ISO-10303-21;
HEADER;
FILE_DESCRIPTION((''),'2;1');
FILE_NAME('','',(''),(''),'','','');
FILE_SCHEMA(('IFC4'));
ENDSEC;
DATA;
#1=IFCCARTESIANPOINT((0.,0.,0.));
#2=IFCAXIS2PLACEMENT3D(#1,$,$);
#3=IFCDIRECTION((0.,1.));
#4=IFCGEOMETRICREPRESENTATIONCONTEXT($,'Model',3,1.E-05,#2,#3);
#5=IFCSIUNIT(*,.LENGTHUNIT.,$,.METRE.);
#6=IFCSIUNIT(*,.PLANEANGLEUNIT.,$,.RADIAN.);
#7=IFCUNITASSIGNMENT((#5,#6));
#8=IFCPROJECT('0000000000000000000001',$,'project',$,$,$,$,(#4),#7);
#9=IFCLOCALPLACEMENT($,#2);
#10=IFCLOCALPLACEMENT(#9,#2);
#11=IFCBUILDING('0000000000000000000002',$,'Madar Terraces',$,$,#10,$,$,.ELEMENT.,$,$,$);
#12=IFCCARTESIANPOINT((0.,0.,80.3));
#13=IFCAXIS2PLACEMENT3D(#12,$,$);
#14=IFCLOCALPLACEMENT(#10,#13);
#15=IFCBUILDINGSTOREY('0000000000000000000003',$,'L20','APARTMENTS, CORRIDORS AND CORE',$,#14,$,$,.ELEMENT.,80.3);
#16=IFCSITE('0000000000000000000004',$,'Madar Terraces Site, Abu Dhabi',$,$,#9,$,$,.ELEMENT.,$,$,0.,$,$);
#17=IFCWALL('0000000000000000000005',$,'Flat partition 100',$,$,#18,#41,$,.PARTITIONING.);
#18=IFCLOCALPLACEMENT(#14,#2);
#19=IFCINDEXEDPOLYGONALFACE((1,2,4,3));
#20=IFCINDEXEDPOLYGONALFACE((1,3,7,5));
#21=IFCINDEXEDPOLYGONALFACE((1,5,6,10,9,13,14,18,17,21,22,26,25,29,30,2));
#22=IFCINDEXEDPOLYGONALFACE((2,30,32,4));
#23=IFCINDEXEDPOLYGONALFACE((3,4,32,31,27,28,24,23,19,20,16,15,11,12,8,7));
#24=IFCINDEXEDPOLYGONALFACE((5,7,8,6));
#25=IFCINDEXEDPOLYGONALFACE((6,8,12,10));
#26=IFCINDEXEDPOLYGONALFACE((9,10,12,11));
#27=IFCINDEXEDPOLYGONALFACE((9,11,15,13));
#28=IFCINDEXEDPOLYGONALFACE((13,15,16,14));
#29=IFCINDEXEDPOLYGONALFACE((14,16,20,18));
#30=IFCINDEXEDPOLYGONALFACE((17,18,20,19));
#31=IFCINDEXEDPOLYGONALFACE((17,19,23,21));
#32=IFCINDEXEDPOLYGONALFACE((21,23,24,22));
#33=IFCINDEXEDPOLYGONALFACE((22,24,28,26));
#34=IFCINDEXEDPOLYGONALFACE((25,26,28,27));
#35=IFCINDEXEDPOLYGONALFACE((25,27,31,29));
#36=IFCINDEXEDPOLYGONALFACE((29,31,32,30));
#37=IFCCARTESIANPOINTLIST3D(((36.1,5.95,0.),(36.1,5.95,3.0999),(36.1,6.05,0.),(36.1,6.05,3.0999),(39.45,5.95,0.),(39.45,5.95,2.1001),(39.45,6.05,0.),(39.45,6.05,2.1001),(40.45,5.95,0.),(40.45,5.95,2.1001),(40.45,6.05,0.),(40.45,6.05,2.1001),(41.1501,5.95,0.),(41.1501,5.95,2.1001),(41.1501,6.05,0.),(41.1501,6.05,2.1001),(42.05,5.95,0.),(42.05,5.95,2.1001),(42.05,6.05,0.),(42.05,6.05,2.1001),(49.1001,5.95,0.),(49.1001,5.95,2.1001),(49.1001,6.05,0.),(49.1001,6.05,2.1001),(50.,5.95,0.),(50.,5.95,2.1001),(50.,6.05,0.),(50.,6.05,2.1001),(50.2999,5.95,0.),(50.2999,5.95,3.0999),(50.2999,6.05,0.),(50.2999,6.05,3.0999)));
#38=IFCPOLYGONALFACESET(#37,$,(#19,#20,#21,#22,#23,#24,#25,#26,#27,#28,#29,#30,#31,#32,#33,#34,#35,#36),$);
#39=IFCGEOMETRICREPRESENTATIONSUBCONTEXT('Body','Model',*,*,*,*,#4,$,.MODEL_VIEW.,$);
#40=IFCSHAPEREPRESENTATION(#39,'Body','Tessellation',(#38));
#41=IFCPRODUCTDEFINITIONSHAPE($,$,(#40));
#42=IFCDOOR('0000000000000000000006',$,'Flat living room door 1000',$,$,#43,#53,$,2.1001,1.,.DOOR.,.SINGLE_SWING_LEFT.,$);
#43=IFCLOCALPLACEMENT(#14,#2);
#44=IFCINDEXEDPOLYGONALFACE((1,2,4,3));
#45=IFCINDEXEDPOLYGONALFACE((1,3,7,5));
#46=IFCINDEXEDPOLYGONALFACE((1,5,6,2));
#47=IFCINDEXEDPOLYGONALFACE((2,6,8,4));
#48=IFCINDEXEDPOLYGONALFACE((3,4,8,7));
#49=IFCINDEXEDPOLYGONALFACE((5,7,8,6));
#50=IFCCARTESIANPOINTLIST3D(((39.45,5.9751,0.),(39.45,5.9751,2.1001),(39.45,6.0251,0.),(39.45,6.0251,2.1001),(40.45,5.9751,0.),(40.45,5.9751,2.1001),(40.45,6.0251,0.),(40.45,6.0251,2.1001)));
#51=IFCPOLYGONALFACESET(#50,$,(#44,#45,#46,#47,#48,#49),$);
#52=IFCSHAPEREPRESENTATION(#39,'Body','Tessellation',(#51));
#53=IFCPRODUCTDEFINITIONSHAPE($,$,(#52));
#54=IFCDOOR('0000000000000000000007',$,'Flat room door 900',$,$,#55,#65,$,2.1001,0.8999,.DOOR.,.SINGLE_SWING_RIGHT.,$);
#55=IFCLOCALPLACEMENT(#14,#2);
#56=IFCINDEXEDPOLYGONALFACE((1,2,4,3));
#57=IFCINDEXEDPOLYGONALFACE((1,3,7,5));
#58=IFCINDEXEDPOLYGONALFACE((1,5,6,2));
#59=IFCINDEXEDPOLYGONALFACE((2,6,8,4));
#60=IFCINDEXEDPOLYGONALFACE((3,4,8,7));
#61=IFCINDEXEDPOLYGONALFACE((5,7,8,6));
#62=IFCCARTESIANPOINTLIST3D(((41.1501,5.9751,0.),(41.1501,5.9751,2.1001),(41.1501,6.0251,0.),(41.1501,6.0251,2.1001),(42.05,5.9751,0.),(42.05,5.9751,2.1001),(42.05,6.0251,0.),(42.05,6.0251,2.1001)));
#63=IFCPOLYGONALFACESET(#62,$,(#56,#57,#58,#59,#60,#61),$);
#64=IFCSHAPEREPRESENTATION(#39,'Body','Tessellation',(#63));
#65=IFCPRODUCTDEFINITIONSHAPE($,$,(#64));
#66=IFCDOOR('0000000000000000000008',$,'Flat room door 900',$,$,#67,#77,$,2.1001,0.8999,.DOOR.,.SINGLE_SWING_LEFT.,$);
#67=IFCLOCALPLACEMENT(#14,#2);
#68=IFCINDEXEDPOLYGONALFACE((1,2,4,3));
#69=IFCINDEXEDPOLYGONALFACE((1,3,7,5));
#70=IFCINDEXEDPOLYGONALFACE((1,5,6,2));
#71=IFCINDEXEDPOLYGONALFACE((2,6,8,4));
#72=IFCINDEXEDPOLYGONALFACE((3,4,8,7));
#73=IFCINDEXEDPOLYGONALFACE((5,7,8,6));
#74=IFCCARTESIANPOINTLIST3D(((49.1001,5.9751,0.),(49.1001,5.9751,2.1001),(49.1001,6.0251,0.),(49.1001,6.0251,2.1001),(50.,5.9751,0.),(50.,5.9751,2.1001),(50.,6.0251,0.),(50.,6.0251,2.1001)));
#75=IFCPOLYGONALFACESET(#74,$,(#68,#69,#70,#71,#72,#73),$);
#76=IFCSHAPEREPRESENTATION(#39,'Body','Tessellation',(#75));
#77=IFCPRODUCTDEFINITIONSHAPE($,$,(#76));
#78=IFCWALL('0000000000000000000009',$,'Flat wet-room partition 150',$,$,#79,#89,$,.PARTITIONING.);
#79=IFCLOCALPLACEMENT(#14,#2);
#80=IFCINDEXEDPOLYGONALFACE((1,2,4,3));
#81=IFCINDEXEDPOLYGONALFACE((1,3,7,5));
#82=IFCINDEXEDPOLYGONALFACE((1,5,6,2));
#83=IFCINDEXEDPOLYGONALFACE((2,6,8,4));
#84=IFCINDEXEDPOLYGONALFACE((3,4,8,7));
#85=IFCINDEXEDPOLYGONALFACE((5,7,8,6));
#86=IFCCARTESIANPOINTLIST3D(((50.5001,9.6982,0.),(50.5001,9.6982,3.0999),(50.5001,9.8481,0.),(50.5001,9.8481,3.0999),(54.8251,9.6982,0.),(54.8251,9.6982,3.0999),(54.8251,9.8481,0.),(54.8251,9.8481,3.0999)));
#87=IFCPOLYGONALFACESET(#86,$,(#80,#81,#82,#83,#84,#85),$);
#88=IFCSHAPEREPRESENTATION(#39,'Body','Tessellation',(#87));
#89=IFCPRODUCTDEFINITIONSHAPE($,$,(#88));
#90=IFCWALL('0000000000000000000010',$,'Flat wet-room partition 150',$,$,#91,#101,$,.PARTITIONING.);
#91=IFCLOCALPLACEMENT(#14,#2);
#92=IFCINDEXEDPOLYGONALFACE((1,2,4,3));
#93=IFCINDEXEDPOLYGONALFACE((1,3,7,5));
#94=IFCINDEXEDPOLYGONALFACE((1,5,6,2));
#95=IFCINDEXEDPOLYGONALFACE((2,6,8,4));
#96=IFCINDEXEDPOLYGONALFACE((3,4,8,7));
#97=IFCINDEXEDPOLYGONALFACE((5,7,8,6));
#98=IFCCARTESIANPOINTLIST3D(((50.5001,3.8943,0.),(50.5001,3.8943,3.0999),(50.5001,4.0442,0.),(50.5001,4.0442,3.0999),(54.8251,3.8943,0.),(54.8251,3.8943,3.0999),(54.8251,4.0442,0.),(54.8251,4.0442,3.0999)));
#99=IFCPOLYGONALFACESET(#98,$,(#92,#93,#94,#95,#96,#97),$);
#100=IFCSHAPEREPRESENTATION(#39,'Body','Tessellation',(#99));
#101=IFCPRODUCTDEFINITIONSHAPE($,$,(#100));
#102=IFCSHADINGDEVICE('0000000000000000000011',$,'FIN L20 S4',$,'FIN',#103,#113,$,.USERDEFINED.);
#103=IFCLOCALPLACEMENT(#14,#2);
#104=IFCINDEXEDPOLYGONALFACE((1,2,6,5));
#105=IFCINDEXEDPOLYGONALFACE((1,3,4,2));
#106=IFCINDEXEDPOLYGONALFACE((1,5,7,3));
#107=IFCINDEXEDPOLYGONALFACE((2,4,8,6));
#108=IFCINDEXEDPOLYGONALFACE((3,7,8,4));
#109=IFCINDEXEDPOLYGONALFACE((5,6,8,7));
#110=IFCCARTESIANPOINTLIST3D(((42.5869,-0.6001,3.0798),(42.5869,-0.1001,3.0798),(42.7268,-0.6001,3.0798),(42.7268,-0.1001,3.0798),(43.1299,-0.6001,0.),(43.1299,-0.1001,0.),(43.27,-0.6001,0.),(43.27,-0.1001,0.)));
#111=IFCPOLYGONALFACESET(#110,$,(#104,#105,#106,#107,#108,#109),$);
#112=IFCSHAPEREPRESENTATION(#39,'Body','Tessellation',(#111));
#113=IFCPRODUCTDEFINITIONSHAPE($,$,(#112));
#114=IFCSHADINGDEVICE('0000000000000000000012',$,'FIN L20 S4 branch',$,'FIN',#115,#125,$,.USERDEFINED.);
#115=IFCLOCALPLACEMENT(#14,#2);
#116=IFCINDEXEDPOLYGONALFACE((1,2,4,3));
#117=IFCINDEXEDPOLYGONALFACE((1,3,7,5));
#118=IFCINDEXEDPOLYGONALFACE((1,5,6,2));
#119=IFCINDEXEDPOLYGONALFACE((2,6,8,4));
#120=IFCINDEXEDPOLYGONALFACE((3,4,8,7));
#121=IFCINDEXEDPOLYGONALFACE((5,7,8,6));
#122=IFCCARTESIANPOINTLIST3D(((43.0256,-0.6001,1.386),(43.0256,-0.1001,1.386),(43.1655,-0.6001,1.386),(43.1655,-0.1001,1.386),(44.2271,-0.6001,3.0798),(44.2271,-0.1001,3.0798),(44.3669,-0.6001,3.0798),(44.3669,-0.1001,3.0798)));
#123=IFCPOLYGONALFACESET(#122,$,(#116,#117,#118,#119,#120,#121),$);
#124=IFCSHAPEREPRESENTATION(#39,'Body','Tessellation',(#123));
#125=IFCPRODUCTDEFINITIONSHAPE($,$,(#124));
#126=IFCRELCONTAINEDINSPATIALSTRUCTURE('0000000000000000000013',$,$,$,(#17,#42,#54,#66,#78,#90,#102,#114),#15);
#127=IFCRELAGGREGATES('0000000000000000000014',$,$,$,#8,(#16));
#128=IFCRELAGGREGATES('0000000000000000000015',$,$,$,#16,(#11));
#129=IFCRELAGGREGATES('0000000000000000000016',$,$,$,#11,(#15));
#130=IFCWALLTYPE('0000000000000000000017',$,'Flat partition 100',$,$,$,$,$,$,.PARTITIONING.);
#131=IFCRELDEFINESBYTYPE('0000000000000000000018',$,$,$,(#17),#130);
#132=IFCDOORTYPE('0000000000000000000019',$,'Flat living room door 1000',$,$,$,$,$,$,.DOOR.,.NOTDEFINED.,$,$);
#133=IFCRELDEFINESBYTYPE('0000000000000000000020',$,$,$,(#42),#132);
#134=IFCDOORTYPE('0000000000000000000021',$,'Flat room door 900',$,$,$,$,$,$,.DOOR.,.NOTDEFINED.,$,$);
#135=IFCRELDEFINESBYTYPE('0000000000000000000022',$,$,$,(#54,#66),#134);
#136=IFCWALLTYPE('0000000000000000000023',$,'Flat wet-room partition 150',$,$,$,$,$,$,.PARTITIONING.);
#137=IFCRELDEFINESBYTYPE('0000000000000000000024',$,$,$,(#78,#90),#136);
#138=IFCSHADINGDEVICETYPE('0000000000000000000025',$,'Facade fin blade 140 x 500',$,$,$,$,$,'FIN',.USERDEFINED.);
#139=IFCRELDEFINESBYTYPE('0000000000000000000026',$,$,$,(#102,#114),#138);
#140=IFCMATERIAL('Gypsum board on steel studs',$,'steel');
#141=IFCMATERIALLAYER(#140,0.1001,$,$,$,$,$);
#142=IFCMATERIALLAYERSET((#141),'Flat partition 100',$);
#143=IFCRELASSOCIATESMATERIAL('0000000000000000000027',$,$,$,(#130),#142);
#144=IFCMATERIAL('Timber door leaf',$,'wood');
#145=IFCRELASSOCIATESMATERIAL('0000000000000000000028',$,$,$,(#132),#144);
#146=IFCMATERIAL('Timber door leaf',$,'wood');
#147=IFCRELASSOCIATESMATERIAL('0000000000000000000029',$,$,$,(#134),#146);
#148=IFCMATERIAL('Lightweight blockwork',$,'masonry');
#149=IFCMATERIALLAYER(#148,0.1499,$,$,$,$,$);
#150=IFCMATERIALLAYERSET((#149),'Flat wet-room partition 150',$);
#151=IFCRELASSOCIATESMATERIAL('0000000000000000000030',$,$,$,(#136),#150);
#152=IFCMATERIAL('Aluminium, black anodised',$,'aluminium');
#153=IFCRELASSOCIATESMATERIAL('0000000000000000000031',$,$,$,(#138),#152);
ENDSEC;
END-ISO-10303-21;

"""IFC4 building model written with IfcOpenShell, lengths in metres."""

from ifc_helpers import new_model, si_unit, direction, frame, frame_2d, origin, place, context, subcontext, project, spatial, polyline, rectangle, outline, extrude, material, layer, layer_set, type_object, element, fill, save


model = new_model("IFC4")

# Units and contexts
model_context = context("Model", 3, precision=1e-05, world=origin(), true_north=direction((0.0, 1.0)))
body_context = subcontext(model_context, "Body", "Model", "MODEL_VIEW")
ifc_project = project(units=[si_unit("LENGTHUNIT", "METRE"), si_unit("PLANEANGLEUNIT", "RADIAN")], contexts=[model_context])

# Site, building, storey
site_placement = place(None, origin())
site = spatial("IfcSite", under=ifc_project, at=site_placement, Name="Madar Terraces Site, Abu Dhabi", CompositionType="ELEMENT", RefElevation=0.0)
building_placement = place(site_placement, origin())
building = spatial("IfcBuilding", under=site, at=building_placement, Name="Madar Terraces", CompositionType="ELEMENT")
storey_placement = place(building_placement, frame((0.0, 0.0, 80.3)))
storey = spatial("IfcBuildingStorey", under=building, at=storey_placement, Name="L20", Description="APARTMENTS, CORRIDORS AND CORE", CompositionType="ELEMENT", Elevation=80.3)

# Shared definitions
ifc_material_1 = material(Name="Gypsum board on steel studs", Category="steel")
ifc_layer_1 = layer(ifc_material_1, 0.1001)
ifc_layer_set_1 = layer_set([ifc_layer_1], Name="Flat partition 100")
wall_type_1 = type_object("IfcWallType", Name="Flat partition 100", PredefinedType="PARTITIONING", material=ifc_layer_set_1)

# Wall, openings, doors
wall_1_placement = place(storey_placement, frame((50.3, 6.0, 0.0), z_axis=(0.0, 0.0, 1.0), x_axis=(-1.0, 0.0, 0.0)))
wall_1 = element("IfcWall", 1, at=wall_1_placement, inside=storey, type_object=wall_type_1, Name="Flat partition 100", PredefinedType="PARTITIONING", context=body_context, shape_type="SweptSolid", body=[
    extrude(rectangle(XDim=14.2, YDim=0.1001, at=frame_2d((7.1001, 0.0))), origin(), (0.0, 0.0, 1.0), 3.0999),
])
opening_1_placement = place(wall_1_placement, frame((9.8501, 0.0, 0.0)))
opening_1 = element("IfcOpeningElement", 2, at=opening_1_placement, cuts=wall_1, PredefinedType="OPENING", context=body_context, shape_type="SweptSolid", body=[
    extrude(rectangle(XDim=1.0, YDim=2.1001, at=frame_2d((0.5, 1.05))), frame((0.0, 0.0601, 0.0), z_axis=(0.0, -1.0, 0.0), x_axis=(1.0, 0.0, 0.0)), (0.0, 0.0, 1.0), 0.1201),
])
opening_2_placement = place(wall_1_placement, frame((8.25, 0.0, 0.0)))
opening_2 = element("IfcOpeningElement", 3, at=opening_2_placement, cuts=wall_1, PredefinedType="OPENING", context=body_context, shape_type="SweptSolid", body=[
    extrude(rectangle(XDim=0.8999, YDim=2.1001, at=frame_2d((0.45, 1.05))), frame((0.0, 0.0601, 0.0), z_axis=(0.0, -1.0, 0.0), x_axis=(1.0, 0.0, 0.0)), (0.0, 0.0, 1.0), 0.1201),
])
opening_3_placement = place(wall_1_placement, frame((0.3, 0.0, 0.0)))
opening_3 = element("IfcOpeningElement", 4, at=opening_3_placement, cuts=wall_1, PredefinedType="OPENING", context=body_context, shape_type="SweptSolid", body=[
    extrude(rectangle(XDim=0.8999, YDim=2.1001, at=frame_2d((0.45, 1.05))), frame((0.0, 0.0601, 0.0), z_axis=(0.0, -1.0, 0.0), x_axis=(1.0, 0.0, 0.0)), (0.0, 0.0, 1.0), 0.1201),
])
ifc_material_2 = material(Name="Timber door leaf", Category="wood")
door_type_1 = type_object("IfcDoorType", Name="Flat living room door 1000", OperationType="NOTDEFINED", PredefinedType="DOOR", material=ifc_material_2)
door_1_placement = place(opening_1_placement, origin())
door_1 = element("IfcDoor", 5, at=door_1_placement, inside=storey, type_object=door_type_1, Name="Flat living room door 1000", OperationType="SINGLE_SWING_LEFT", OverallHeight=2.1001, OverallWidth=1.0, PredefinedType="DOOR", context=body_context, shape_type="SweptSolid", body=[
    extrude(rectangle(XDim=1.0, YDim=2.1001, at=frame_2d((0.5, 1.05))), frame((0.0, 0.0249, 0.0), z_axis=(0.0, -1.0, 0.0), x_axis=(1.0, 0.0, 0.0)), (0.0, 0.0, 1.0), 0.05),
])
fill(opening_1, door_1)
ifc_material_3 = material(Name="Timber door leaf", Category="wood")
door_type_2 = type_object("IfcDoorType", Name="Flat room door 900", OperationType="NOTDEFINED", PredefinedType="DOOR", material=ifc_material_3)
door_2_placement = place(opening_2_placement, origin())
door_2 = element("IfcDoor", 6, at=door_2_placement, inside=storey, type_object=door_type_2, Name="Flat room door 900", OperationType="SINGLE_SWING_RIGHT", OverallHeight=2.1001, OverallWidth=0.8999, PredefinedType="DOOR", context=body_context, shape_type="SweptSolid", body=[
    extrude(rectangle(XDim=0.8999, YDim=2.1001, at=frame_2d((0.45, 1.05))), frame((0.0, 0.0249, 0.0), z_axis=(0.0, -1.0, 0.0), x_axis=(1.0, 0.0, 0.0)), (0.0, 0.0, 1.0), 0.05),
])
fill(opening_2, door_2)
door_3_placement = place(opening_3_placement, origin())
door_3 = element("IfcDoor", 7, at=door_3_placement, inside=storey, type_object=door_type_2, Name="Flat room door 900", OperationType="SINGLE_SWING_LEFT", OverallHeight=2.1001, OverallWidth=0.8999, PredefinedType="DOOR", context=body_context, shape_type="SweptSolid", body=[
    extrude(rectangle(XDim=0.8999, YDim=2.1001, at=frame_2d((0.45, 1.05))), frame((0.0, 0.0249, 0.0), z_axis=(0.0, -1.0, 0.0), x_axis=(1.0, 0.0, 0.0)), (0.0, 0.0, 1.0), 0.05),
])
fill(opening_3, door_3)

# Walls
ifc_material_4 = material(Name="Lightweight blockwork", Category="masonry")
ifc_layer_2 = layer(ifc_material_4, 0.1499)
ifc_layer_set_2 = layer_set([ifc_layer_2], Name="Flat wet-room partition 150")
wall_type_2 = type_object("IfcWallType", Name="Flat wet-room partition 150", PredefinedType="PARTITIONING", material=ifc_layer_set_2)
for number, where, z_axis, x_axis, name in (
    (8, (50.5, 9.7732, 0.0), (0.0, 0.0, 1.0), (1.0, 0.0, 0.0), "Flat wet-room partition 150"),
    (9, (50.5, 3.9692, 0.0), (0.0, 0.0, 1.0), (1.0, 0.0, 0.0), "Flat wet-room partition 150"),
):
    element("IfcWall", number, at=place(storey_placement, frame(where, z_axis=z_axis, x_axis=x_axis)), inside=storey, type_object=wall_type_2, Name=name, PredefinedType="PARTITIONING", context=body_context, shape_type="SweptSolid", body=[
        extrude(rectangle(XDim=4.325, YDim=0.1499, at=frame_2d((2.1626, 0.0))), origin(), (0.0, 0.0, 1.0), 3.0999),
    ])

# Shading devices
ifc_material_5 = material(Name="Aluminium, black anodised", Category="aluminium")
shading_device_type = type_object("IfcShadingDeviceType", Name="Facade fin blade 140 x 500", ElementType="FIN", PredefinedType="USERDEFINED", material=ifc_material_5)
shading_device_1_placement = place(storey_placement, frame((43.1299, -0.3501, 0.0), z_axis=(0.0, 0.0, 1.0), x_axis=(1.0, 0.0, 0.0)))
element("IfcShadingDevice", 10, at=shading_device_1_placement, inside=storey, type_object=shading_device_type, Name="FIN L20 S4", ObjectType="FIN", PredefinedType="USERDEFINED", context=body_context, shape_type="SweptSolid", body=[
    extrude(outline(polyline([(0.0, 0.0), (0.1401, 0.0), (-0.4031, 3.0798), (-0.543, 3.0798), (0.0, 0.0)])), frame((0.0, 0.25, 0.0), z_axis=(0.0, -1.0, 0.0), x_axis=(1.0, 0.0, 0.0)), (0.0, 0.0, 1.0), 0.5),
])
shading_device_2_placement = place(storey_placement, frame((43.0256, -0.3501, 1.386), z_axis=(0.0, 0.0, 1.0), x_axis=(1.0, 0.0, 0.0)))
element("IfcShadingDevice", 11, at=shading_device_2_placement, inside=storey, type_object=shading_device_type, Name="FIN L20 S4 branch", ObjectType="FIN", PredefinedType="USERDEFINED", context=body_context, shape_type="SweptSolid", body=[
    extrude(outline(polyline([(0.0, 0.0), (0.1399, 0.0), (1.3413, 1.6938), (1.2014, 1.6938), (0.0, 0.0)])), frame((0.0, 0.25, 0.0), z_axis=(0.0, -1.0, 0.0), x_axis=(1.0, 0.0, 0.0)), (0.0, 0.0, 1.0), 0.5),
])

save(model, "model.ifc")
